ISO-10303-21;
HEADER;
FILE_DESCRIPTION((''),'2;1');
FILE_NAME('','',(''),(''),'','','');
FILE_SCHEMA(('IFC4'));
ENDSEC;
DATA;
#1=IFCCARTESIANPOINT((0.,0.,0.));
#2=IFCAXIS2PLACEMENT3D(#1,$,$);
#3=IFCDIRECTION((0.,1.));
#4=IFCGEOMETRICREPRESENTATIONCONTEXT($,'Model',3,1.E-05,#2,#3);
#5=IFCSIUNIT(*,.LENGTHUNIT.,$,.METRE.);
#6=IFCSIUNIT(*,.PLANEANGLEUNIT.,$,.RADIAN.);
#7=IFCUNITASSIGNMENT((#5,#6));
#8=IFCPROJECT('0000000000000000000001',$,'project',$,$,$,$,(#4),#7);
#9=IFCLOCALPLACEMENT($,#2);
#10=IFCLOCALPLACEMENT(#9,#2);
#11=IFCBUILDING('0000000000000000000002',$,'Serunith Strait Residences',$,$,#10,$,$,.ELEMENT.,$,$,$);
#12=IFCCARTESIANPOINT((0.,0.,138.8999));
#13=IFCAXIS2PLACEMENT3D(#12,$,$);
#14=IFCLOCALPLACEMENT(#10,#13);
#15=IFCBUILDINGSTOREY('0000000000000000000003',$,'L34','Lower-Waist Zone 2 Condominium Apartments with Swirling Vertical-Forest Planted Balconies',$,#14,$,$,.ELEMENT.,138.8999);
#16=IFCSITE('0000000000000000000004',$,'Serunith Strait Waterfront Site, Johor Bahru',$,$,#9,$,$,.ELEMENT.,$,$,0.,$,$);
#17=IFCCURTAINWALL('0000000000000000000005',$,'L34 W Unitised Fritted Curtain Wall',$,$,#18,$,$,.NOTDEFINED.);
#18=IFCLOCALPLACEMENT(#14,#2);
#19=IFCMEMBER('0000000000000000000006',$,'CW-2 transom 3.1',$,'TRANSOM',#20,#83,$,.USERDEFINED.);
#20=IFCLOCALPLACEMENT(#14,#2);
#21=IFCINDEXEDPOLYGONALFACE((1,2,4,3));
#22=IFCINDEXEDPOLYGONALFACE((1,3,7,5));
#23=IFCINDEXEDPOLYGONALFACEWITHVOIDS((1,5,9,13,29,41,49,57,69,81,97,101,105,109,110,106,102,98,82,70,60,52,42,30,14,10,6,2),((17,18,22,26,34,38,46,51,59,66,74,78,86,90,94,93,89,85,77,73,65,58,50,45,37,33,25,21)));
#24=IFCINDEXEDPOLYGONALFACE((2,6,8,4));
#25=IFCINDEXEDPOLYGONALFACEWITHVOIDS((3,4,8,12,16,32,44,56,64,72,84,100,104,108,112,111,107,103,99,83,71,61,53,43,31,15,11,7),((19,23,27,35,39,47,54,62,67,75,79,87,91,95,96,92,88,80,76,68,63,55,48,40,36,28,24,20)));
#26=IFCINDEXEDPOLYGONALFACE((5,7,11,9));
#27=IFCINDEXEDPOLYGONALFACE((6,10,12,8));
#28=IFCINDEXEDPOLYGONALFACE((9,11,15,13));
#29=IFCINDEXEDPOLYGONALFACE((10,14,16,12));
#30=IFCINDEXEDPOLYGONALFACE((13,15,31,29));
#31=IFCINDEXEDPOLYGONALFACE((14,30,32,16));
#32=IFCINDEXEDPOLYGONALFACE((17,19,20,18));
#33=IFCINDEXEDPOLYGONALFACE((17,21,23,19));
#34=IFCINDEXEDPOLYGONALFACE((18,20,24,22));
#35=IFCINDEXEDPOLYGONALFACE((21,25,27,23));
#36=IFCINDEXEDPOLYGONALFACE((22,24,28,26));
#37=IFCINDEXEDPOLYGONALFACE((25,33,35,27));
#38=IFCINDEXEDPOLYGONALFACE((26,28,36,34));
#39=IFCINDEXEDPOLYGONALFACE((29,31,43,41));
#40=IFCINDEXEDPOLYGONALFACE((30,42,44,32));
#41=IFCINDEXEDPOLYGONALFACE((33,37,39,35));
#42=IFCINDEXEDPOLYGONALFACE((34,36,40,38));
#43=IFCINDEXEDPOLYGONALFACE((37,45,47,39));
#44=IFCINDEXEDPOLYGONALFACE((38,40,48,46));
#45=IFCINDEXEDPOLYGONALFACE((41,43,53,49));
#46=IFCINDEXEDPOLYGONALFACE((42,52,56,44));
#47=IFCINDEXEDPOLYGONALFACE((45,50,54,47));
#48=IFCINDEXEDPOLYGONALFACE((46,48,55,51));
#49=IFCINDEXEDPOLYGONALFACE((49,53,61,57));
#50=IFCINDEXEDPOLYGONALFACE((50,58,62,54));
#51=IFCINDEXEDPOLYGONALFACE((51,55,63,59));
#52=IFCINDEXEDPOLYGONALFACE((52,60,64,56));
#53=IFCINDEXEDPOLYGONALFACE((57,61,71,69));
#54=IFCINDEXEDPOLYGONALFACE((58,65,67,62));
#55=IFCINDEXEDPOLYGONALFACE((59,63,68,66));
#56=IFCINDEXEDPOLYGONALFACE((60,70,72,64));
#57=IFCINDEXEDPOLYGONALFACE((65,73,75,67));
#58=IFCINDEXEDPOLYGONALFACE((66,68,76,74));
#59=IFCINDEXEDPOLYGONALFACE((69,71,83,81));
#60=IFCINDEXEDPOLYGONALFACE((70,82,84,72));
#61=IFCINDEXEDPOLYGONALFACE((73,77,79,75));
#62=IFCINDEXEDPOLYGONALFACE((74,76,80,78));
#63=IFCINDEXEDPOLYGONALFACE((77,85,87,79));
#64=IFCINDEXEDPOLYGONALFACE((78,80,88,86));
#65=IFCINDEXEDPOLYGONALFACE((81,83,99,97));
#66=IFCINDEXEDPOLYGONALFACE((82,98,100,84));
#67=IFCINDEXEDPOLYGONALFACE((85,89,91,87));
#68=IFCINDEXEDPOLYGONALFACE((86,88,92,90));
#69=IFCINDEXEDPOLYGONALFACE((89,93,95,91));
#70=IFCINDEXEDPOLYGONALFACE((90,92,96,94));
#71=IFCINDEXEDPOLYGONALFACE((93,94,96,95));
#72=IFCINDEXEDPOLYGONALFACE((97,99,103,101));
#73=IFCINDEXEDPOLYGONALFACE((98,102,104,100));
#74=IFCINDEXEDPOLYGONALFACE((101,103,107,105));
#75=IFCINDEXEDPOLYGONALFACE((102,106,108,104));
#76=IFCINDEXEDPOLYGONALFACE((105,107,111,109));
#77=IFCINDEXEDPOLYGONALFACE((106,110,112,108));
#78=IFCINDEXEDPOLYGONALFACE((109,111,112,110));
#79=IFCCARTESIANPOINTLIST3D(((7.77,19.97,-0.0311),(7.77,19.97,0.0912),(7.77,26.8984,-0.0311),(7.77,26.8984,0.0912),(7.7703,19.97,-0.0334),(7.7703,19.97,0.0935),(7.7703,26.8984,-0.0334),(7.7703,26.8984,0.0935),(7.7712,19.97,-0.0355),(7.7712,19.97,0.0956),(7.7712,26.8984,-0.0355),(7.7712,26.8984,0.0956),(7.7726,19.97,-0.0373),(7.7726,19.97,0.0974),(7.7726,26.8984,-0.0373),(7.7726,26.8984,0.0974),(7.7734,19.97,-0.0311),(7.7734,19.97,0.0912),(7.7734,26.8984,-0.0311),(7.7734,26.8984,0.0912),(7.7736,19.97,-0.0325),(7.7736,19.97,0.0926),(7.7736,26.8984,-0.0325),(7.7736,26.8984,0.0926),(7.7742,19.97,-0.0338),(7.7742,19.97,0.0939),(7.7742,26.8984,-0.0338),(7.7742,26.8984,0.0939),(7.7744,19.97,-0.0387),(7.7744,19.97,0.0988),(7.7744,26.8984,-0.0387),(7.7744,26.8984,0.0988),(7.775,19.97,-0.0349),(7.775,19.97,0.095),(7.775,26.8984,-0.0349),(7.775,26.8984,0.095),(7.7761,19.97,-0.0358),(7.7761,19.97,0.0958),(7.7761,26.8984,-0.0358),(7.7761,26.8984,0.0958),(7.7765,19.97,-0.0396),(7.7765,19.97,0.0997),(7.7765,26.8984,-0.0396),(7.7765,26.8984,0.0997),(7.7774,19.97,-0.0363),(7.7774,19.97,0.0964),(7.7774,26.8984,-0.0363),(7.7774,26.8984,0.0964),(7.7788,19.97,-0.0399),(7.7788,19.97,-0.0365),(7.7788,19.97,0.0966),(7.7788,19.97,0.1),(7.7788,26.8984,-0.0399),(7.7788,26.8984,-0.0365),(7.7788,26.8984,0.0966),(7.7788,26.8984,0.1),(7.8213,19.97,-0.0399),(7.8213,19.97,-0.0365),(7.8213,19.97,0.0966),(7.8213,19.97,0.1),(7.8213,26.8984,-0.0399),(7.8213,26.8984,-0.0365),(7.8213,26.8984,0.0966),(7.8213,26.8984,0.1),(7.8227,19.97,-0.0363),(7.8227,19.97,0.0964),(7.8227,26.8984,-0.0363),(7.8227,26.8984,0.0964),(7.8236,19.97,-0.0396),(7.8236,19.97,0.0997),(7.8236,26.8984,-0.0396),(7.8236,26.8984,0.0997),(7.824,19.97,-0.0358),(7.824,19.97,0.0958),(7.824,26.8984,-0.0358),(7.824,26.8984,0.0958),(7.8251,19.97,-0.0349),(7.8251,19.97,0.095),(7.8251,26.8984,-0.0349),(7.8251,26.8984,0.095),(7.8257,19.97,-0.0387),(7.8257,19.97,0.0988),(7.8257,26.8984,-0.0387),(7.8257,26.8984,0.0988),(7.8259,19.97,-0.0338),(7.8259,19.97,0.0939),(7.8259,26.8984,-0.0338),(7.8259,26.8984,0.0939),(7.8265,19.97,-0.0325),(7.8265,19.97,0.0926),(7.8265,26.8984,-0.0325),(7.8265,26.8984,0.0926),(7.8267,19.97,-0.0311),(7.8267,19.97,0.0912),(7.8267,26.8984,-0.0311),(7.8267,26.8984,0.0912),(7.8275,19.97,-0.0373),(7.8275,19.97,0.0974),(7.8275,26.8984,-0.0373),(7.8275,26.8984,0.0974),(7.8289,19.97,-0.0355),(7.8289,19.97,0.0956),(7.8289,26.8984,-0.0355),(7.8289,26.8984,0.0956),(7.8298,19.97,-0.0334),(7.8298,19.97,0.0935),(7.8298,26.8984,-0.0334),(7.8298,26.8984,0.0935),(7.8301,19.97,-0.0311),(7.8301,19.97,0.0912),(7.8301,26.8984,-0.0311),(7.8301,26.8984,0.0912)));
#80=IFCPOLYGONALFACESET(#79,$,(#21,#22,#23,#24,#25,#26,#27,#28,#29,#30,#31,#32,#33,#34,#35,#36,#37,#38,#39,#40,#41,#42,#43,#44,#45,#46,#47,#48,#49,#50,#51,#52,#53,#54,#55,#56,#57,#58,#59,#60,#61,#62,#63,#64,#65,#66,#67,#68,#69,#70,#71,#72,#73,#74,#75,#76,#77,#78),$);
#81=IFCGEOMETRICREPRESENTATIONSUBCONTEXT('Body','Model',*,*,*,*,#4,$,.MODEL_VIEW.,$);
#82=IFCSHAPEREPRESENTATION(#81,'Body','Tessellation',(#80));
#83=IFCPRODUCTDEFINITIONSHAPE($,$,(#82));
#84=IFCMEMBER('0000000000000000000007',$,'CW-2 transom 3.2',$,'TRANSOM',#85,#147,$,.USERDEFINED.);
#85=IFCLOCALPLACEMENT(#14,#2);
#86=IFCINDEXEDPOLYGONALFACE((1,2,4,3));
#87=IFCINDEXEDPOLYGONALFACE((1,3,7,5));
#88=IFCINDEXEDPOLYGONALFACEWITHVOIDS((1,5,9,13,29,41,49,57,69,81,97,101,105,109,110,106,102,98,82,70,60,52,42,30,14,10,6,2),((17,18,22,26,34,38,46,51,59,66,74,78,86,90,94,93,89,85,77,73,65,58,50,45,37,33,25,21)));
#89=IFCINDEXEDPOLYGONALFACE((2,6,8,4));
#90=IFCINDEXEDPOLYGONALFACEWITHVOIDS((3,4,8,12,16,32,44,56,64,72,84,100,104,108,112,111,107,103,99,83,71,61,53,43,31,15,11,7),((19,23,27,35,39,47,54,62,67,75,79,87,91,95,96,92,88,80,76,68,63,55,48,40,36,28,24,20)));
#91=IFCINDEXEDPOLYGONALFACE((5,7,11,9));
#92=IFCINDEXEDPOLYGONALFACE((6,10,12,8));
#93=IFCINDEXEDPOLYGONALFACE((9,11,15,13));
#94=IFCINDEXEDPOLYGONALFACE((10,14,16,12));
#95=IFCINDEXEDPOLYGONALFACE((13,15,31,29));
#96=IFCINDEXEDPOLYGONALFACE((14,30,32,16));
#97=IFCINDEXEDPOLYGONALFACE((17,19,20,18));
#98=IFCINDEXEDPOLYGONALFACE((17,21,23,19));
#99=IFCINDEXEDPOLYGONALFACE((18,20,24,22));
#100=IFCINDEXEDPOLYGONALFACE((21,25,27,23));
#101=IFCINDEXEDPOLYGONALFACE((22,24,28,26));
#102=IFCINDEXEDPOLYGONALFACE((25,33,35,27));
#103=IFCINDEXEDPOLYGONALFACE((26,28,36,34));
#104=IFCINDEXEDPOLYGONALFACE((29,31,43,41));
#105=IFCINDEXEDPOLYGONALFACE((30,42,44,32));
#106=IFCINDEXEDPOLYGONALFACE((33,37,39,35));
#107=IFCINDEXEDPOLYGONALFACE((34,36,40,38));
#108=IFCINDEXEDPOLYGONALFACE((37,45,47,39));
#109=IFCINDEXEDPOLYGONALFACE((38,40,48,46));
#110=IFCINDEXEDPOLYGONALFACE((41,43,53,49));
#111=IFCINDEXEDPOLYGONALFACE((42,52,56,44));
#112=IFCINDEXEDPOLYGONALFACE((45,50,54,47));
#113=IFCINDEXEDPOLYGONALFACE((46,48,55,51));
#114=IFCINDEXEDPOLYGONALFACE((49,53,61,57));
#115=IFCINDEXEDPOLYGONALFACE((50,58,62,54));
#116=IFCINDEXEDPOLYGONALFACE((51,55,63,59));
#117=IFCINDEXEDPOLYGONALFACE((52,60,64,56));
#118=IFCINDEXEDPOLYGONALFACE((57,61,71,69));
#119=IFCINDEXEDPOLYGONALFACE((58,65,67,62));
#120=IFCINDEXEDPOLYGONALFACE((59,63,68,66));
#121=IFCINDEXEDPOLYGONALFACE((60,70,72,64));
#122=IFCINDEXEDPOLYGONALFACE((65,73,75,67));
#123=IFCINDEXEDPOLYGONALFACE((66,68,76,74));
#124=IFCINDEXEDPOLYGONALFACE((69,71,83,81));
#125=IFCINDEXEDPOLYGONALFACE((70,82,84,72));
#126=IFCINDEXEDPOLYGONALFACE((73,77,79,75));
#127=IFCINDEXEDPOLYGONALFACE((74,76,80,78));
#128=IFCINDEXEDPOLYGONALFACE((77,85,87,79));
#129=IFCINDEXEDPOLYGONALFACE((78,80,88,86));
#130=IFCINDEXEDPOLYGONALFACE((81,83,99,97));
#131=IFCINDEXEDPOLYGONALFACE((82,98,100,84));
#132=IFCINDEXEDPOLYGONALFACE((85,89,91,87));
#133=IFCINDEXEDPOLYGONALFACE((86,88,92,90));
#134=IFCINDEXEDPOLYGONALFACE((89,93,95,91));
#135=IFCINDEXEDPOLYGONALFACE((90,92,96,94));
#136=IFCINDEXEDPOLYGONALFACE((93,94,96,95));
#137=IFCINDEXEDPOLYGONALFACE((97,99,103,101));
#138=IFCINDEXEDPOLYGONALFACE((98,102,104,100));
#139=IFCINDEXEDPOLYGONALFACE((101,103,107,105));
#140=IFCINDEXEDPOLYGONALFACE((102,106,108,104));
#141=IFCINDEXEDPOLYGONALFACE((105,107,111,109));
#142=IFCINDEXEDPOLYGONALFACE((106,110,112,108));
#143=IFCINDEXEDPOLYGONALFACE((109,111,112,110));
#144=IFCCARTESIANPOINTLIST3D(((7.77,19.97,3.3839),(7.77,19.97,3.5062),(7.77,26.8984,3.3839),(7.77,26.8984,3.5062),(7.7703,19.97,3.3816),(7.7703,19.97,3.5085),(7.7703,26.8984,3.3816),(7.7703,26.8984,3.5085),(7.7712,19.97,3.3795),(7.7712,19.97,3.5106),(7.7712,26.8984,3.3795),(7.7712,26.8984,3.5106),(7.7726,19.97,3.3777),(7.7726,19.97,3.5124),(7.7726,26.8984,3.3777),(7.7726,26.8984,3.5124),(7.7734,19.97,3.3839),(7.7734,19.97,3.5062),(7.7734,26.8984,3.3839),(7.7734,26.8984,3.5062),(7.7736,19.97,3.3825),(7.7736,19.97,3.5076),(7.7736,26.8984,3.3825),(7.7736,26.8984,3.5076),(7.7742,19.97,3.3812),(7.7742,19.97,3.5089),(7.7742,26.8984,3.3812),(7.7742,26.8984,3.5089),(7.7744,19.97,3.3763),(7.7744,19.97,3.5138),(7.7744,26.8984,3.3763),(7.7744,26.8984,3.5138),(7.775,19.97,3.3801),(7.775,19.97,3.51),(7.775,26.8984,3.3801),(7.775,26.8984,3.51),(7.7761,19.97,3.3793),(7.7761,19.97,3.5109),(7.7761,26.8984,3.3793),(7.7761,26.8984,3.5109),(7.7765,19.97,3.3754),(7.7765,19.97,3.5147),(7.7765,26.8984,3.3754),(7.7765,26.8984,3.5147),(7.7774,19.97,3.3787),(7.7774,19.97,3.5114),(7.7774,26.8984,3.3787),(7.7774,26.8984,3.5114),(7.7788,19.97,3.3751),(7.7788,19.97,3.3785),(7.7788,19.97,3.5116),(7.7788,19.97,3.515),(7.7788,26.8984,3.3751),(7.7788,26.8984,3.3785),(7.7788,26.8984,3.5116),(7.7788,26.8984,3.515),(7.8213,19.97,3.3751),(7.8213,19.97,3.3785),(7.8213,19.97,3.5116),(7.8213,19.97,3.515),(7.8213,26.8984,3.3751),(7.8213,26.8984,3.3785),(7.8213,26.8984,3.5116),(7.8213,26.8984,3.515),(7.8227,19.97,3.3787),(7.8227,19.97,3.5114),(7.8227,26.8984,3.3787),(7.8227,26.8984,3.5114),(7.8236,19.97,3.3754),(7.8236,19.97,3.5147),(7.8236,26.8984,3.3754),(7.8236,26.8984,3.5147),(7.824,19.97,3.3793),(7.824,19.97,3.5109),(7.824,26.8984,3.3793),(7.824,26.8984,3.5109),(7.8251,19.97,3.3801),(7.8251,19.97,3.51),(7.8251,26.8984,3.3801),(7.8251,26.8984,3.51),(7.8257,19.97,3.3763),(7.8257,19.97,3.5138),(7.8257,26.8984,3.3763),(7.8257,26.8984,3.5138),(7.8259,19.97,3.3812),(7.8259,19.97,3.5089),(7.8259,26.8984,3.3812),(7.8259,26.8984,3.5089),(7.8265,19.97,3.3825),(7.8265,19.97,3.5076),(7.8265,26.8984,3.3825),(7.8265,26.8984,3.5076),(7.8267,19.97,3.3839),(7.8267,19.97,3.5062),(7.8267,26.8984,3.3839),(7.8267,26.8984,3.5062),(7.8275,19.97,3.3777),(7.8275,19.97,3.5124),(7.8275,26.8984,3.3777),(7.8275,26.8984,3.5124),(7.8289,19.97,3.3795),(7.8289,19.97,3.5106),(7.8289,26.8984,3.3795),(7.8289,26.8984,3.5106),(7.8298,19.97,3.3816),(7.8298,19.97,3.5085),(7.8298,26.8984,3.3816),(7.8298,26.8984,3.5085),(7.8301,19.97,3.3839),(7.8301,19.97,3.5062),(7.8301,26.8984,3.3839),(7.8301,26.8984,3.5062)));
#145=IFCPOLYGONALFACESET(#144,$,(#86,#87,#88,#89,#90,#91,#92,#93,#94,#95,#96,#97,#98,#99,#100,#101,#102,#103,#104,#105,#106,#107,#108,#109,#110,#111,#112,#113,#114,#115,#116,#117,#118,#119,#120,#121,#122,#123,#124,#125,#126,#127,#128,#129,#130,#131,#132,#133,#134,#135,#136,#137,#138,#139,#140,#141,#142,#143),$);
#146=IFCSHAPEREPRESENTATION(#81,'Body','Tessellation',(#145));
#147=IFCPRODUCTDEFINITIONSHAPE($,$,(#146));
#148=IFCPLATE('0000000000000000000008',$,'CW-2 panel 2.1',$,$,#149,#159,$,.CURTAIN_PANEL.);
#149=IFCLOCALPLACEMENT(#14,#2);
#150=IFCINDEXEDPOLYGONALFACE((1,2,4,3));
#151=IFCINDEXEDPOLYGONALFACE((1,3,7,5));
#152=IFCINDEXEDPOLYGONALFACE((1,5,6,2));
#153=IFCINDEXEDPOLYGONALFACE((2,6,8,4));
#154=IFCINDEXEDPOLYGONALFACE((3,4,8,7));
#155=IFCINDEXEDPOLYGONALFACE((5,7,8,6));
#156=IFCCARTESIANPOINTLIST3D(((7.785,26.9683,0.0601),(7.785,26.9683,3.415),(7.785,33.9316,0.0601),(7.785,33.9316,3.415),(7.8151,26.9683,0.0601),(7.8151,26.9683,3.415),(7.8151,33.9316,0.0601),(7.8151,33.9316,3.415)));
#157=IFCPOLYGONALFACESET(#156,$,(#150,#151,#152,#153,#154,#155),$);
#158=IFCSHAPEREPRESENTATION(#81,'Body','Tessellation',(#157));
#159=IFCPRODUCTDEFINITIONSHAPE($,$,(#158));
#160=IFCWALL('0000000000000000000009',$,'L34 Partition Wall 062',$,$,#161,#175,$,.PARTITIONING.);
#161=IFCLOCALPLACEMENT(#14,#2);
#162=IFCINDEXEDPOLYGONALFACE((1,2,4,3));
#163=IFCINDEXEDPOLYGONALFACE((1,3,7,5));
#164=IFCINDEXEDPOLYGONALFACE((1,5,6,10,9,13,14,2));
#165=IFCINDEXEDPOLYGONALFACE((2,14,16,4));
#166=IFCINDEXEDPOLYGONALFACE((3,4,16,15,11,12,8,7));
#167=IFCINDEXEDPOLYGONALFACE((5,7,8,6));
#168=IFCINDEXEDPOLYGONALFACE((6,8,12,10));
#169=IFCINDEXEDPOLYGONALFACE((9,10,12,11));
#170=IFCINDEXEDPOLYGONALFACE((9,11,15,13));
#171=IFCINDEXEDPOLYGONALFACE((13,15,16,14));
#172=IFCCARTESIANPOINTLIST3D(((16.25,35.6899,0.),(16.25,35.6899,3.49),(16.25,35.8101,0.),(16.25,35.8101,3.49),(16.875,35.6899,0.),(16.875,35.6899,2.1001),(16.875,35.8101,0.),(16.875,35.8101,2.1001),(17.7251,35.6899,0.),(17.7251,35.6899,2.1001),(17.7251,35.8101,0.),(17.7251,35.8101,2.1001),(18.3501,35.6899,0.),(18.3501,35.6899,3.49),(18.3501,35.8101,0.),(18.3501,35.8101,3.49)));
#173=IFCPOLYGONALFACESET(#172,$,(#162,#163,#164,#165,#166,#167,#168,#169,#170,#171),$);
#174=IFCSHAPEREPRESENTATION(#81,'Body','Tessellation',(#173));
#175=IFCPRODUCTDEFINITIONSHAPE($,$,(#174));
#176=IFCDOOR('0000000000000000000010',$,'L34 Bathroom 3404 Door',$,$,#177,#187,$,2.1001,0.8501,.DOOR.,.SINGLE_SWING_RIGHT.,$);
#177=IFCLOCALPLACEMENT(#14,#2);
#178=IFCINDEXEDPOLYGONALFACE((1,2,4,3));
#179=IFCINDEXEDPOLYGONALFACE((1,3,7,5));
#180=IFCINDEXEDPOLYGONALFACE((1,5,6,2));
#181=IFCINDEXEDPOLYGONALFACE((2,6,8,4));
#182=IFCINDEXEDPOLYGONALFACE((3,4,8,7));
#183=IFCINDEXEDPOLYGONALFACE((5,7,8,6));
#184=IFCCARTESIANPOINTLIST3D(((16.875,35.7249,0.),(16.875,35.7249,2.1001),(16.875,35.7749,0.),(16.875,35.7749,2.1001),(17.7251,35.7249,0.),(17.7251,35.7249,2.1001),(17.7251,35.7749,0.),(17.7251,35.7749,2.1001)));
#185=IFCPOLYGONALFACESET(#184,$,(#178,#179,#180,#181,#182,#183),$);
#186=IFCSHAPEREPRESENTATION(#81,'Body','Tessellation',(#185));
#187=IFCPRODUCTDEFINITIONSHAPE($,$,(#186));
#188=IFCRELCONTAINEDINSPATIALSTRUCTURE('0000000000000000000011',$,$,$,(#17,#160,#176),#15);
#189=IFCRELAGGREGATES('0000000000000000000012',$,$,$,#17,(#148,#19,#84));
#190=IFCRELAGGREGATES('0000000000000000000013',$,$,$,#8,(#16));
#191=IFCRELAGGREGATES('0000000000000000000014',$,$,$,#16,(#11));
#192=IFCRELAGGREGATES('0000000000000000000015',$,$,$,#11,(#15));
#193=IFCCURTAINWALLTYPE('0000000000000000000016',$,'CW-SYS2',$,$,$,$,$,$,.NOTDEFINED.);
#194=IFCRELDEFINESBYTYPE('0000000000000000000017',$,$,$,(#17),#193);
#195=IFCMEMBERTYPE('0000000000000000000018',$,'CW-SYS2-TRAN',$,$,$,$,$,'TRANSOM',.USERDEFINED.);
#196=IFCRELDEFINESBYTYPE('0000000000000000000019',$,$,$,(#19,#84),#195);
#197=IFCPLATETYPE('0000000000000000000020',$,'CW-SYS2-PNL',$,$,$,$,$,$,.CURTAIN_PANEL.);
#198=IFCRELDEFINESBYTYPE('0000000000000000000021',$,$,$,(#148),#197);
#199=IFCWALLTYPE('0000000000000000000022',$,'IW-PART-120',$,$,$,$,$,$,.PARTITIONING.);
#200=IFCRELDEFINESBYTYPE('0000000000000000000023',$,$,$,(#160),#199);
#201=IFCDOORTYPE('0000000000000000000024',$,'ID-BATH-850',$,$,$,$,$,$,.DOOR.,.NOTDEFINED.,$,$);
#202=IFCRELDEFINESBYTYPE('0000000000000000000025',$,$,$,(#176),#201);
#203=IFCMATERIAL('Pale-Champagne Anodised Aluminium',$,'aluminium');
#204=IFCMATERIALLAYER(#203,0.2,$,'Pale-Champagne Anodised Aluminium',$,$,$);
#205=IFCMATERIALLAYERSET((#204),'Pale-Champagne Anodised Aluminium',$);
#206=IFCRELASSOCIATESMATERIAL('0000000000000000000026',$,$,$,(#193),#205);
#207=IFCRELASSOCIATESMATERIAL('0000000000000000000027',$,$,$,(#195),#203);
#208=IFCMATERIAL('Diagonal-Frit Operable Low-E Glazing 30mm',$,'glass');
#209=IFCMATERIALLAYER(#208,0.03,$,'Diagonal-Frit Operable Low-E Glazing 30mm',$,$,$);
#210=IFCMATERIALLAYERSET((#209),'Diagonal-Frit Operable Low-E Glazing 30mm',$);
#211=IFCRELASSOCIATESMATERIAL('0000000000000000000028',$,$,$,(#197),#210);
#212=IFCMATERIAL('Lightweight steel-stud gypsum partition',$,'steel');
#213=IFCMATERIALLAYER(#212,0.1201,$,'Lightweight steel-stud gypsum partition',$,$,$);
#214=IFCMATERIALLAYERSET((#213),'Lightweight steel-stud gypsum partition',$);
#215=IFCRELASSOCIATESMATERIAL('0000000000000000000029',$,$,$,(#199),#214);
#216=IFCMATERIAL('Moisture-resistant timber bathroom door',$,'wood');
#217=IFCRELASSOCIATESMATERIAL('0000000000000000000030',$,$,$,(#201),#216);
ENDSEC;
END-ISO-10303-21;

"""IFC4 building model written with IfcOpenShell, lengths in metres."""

from ifc_helpers import new_model, si_unit, direction, frame, frame_2d, origin, origin_2d, place, context, subcontext, project, spatial, rectangle, hollow_rectangle, extrude, source, transform, mapped, material, layer, layer_set, material_profile, profile_set, type_object, element, fill, aggregate, save


model = new_model("IFC4")

# Units and contexts
model_context = context("Model", 3, precision=1e-05, world=origin(), true_north=direction((0.0, 1.0)))
body_context = subcontext(model_context, "Body", "Model", "MODEL_VIEW")
ifc_project = project(units=[si_unit("LENGTHUNIT", "METRE"), si_unit("PLANEANGLEUNIT", "RADIAN")], contexts=[model_context])

# Site, building, storey
site_placement = place(None, origin())
site = spatial("IfcSite", under=ifc_project, at=site_placement, Name="Serunith Strait Waterfront Site, Johor Bahru", CompositionType="ELEMENT", RefElevation=0.0)
building_placement = place(site_placement, origin())
building = spatial("IfcBuilding", under=site, at=building_placement, Name="Serunith Strait Residences", CompositionType="ELEMENT")
storey_placement = place(building_placement, frame((0.0, 0.0, 138.8999)))
storey = spatial("IfcBuildingStorey", under=building, at=storey_placement, Name="L34", Description="Lower-Waist Zone 2 Condominium Apartments with Swirling Vertical-Forest Planted Balconies", CompositionType="ELEMENT", Elevation=138.8999)

# Curtain wall, members, plate
ifc_material_1 = material(Name="Pale-Champagne Anodised Aluminium", Category="aluminium")
ifc_layer_1 = layer(ifc_material_1, 0.2, Name="Pale-Champagne Anodised Aluminium")
ifc_layer_set_1 = layer_set([ifc_layer_1], Name="Pale-Champagne Anodised Aluminium")
curtain_wall_type = type_object("IfcCurtainWallType", Name="CW-SYS2", PredefinedType="NOTDEFINED", material=ifc_layer_set_1)
curtain_wall_placement = place(storey_placement, origin())
curtain_wall = element("IfcCurtainWall", 1, at=curtain_wall_placement, inside=storey, type_object=curtain_wall_type, Name="L34 W Unitised Fritted Curtain Wall", PredefinedType="NOTDEFINED")
ifc_material_profile_1 = material_profile(ifc_material_1, hollow_rectangle(XDim=0.0601, YDim=0.1399, WallThickness=0.0034, InnerFilletRadius=0.0054, OuterFilletRadius=0.0088, at=origin_2d()), Name="ALU 140x60x3.5")
ifc_profile_set_1 = profile_set([ifc_material_profile_1], Name="Pale-Champagne Anodised Aluminium")
member_type_1 = type_object("IfcMemberType", Name="CW-SYS2-TRAN", ElementType="TRANSOM", PredefinedType="USERDEFINED", material=ifc_profile_set_1)
shared_shape_1 = source(origin(), body_context, "Body", "SweptSolid", [
    extrude(hollow_rectangle(XDim=0.0601, YDim=0.1399, WallThickness=0.0034, InnerFilletRadius=0.0054, OuterFilletRadius=0.0088, at=origin_2d()), origin(), (0.0, 0.0, 1.0), 6.9285),
])
member_1_placement = place(storey_placement, frame((7.8, 26.8984, 0.03), z_axis=(0.0, -1.0, 0.0), x_axis=(1.0, 0.0, 0.0)))
member_1 = element("IfcMember", 2, at=member_1_placement, type_object=member_type_1, Name="CW-2 transom 3.1", ObjectType="TRANSOM", PredefinedType="USERDEFINED", context=body_context, shape_type="MappedRepresentation", body=[
    mapped(shared_shape_1, transform((0.0, 0.0, 0.0), scale=1.0)),
])
member_2_placement = place(storey_placement, frame((7.8, 26.8984, 3.4451), z_axis=(0.0, -1.0, 0.0), x_axis=(1.0, 0.0, 0.0)))
member_2 = element("IfcMember", 3, at=member_2_placement, type_object=member_type_1, Name="CW-2 transom 3.2", ObjectType="TRANSOM", PredefinedType="USERDEFINED", context=body_context, shape_type="MappedRepresentation", body=[
    mapped(shared_shape_1, transform((0.0, 0.0, 0.0), scale=1.0)),
])
ifc_material_2 = material(Name="Diagonal-Frit Operable Low-E Glazing 30mm", Category="glass")
ifc_layer_2 = layer(ifc_material_2, 0.03, Name="Diagonal-Frit Operable Low-E Glazing 30mm")
ifc_layer_set_2 = layer_set([ifc_layer_2], Name="Diagonal-Frit Operable Low-E Glazing 30mm")
plate_type = type_object("IfcPlateType", Name="CW-SYS2-PNL", PredefinedType="CURTAIN_PANEL", material=ifc_layer_set_2)
shared_shape_2 = source(origin(), body_context, "Body", "SweptSolid", [
    extrude(rectangle(XDim=6.9634, YDim=0.03, at=origin_2d()), origin(), (0.0, 0.0, 1.0), 3.355),
])
plate_placement = place(storey_placement, frame((7.8, 30.45, 0.0601), z_axis=(0.0, 0.0, 1.0), x_axis=(0.0, -1.0, 0.0)))
plate = element("IfcPlate", 4, at=plate_placement, type_object=plate_type, Name="CW-2 panel 2.1", PredefinedType="CURTAIN_PANEL", context=body_context, shape_type="MappedRepresentation", body=[
    mapped(shared_shape_2, transform((0.0, 0.0, 0.0), scale=1.0)),
])
aggregate(curtain_wall, [plate, member_1, member_2])

# Wall, opening, door
ifc_material_3 = material(Name="Lightweight steel-stud gypsum partition", Category="steel")
ifc_layer_3 = layer(ifc_material_3, 0.1201, Name="Lightweight steel-stud gypsum partition")
ifc_layer_set_3 = layer_set([ifc_layer_3], Name="Lightweight steel-stud gypsum partition")
wall_type_1 = type_object("IfcWallType", Name="IW-PART-120", PredefinedType="PARTITIONING", material=ifc_layer_set_3)
wall_1_placement = place(storey_placement, frame((16.25, 35.75, 0.0), z_axis=(0.0, 0.0, 1.0), x_axis=(1.0, 0.0, 0.0)))
wall_1 = element("IfcWall", 5, at=wall_1_placement, inside=storey, type_object=wall_type_1, Name="L34 Partition Wall 062", PredefinedType="PARTITIONING", context=body_context, shape_type="SweptSolid", body=[
    extrude(rectangle(XDim=2.1001, YDim=0.1201, at=frame_2d((1.05, 0.0))), origin(), (0.0, 0.0, 1.0), 3.49),
])
opening_1_placement = place(wall_1_placement, frame((0.625, 0.0, 0.0)))
opening_1 = element("IfcOpeningElement", 6, at=opening_1_placement, cuts=wall_1, PredefinedType="OPENING", context=body_context, shape_type="SweptSolid", body=[
    extrude(rectangle(XDim=0.8501, YDim=2.1001, at=frame_2d((0.425, 1.05))), frame((0.0, 0.0701, 0.0), z_axis=(0.0, -1.0, 0.0), x_axis=(1.0, 0.0, 0.0)), (0.0, 0.0, 1.0), 0.1401),
])
ifc_material_4 = material(Name="Moisture-resistant timber bathroom door", Category="wood")
door_type_1 = type_object("IfcDoorType", Name="ID-BATH-850", OperationType="NOTDEFINED", PredefinedType="DOOR", material=ifc_material_4)
shared_shape_3 = source(origin(), body_context, "Body", "SweptSolid", [
    extrude(rectangle(XDim=0.8501, YDim=2.1001, at=frame_2d((0.425, 1.05))), frame((0.0, 0.0249, 0.0), z_axis=(0.0, -1.0, 0.0), x_axis=(1.0, 0.0, 0.0)), (0.0, 0.0, 1.0), 0.05),
])
door_1_placement = place(opening_1_placement, origin())
door_1 = element("IfcDoor", 7, at=door_1_placement, inside=storey, type_object=door_type_1, Name="L34 Bathroom 3404 Door", OperationType="SINGLE_SWING_RIGHT", OverallHeight=2.1001, OverallWidth=0.8501, PredefinedType="DOOR", context=body_context, shape_type="MappedRepresentation", body=[
    mapped(shared_shape_3, transform((0.0, 0.0, 0.0), scale=1.0)),
])
fill(opening_1, door_1)

save(model, "model.ifc")
